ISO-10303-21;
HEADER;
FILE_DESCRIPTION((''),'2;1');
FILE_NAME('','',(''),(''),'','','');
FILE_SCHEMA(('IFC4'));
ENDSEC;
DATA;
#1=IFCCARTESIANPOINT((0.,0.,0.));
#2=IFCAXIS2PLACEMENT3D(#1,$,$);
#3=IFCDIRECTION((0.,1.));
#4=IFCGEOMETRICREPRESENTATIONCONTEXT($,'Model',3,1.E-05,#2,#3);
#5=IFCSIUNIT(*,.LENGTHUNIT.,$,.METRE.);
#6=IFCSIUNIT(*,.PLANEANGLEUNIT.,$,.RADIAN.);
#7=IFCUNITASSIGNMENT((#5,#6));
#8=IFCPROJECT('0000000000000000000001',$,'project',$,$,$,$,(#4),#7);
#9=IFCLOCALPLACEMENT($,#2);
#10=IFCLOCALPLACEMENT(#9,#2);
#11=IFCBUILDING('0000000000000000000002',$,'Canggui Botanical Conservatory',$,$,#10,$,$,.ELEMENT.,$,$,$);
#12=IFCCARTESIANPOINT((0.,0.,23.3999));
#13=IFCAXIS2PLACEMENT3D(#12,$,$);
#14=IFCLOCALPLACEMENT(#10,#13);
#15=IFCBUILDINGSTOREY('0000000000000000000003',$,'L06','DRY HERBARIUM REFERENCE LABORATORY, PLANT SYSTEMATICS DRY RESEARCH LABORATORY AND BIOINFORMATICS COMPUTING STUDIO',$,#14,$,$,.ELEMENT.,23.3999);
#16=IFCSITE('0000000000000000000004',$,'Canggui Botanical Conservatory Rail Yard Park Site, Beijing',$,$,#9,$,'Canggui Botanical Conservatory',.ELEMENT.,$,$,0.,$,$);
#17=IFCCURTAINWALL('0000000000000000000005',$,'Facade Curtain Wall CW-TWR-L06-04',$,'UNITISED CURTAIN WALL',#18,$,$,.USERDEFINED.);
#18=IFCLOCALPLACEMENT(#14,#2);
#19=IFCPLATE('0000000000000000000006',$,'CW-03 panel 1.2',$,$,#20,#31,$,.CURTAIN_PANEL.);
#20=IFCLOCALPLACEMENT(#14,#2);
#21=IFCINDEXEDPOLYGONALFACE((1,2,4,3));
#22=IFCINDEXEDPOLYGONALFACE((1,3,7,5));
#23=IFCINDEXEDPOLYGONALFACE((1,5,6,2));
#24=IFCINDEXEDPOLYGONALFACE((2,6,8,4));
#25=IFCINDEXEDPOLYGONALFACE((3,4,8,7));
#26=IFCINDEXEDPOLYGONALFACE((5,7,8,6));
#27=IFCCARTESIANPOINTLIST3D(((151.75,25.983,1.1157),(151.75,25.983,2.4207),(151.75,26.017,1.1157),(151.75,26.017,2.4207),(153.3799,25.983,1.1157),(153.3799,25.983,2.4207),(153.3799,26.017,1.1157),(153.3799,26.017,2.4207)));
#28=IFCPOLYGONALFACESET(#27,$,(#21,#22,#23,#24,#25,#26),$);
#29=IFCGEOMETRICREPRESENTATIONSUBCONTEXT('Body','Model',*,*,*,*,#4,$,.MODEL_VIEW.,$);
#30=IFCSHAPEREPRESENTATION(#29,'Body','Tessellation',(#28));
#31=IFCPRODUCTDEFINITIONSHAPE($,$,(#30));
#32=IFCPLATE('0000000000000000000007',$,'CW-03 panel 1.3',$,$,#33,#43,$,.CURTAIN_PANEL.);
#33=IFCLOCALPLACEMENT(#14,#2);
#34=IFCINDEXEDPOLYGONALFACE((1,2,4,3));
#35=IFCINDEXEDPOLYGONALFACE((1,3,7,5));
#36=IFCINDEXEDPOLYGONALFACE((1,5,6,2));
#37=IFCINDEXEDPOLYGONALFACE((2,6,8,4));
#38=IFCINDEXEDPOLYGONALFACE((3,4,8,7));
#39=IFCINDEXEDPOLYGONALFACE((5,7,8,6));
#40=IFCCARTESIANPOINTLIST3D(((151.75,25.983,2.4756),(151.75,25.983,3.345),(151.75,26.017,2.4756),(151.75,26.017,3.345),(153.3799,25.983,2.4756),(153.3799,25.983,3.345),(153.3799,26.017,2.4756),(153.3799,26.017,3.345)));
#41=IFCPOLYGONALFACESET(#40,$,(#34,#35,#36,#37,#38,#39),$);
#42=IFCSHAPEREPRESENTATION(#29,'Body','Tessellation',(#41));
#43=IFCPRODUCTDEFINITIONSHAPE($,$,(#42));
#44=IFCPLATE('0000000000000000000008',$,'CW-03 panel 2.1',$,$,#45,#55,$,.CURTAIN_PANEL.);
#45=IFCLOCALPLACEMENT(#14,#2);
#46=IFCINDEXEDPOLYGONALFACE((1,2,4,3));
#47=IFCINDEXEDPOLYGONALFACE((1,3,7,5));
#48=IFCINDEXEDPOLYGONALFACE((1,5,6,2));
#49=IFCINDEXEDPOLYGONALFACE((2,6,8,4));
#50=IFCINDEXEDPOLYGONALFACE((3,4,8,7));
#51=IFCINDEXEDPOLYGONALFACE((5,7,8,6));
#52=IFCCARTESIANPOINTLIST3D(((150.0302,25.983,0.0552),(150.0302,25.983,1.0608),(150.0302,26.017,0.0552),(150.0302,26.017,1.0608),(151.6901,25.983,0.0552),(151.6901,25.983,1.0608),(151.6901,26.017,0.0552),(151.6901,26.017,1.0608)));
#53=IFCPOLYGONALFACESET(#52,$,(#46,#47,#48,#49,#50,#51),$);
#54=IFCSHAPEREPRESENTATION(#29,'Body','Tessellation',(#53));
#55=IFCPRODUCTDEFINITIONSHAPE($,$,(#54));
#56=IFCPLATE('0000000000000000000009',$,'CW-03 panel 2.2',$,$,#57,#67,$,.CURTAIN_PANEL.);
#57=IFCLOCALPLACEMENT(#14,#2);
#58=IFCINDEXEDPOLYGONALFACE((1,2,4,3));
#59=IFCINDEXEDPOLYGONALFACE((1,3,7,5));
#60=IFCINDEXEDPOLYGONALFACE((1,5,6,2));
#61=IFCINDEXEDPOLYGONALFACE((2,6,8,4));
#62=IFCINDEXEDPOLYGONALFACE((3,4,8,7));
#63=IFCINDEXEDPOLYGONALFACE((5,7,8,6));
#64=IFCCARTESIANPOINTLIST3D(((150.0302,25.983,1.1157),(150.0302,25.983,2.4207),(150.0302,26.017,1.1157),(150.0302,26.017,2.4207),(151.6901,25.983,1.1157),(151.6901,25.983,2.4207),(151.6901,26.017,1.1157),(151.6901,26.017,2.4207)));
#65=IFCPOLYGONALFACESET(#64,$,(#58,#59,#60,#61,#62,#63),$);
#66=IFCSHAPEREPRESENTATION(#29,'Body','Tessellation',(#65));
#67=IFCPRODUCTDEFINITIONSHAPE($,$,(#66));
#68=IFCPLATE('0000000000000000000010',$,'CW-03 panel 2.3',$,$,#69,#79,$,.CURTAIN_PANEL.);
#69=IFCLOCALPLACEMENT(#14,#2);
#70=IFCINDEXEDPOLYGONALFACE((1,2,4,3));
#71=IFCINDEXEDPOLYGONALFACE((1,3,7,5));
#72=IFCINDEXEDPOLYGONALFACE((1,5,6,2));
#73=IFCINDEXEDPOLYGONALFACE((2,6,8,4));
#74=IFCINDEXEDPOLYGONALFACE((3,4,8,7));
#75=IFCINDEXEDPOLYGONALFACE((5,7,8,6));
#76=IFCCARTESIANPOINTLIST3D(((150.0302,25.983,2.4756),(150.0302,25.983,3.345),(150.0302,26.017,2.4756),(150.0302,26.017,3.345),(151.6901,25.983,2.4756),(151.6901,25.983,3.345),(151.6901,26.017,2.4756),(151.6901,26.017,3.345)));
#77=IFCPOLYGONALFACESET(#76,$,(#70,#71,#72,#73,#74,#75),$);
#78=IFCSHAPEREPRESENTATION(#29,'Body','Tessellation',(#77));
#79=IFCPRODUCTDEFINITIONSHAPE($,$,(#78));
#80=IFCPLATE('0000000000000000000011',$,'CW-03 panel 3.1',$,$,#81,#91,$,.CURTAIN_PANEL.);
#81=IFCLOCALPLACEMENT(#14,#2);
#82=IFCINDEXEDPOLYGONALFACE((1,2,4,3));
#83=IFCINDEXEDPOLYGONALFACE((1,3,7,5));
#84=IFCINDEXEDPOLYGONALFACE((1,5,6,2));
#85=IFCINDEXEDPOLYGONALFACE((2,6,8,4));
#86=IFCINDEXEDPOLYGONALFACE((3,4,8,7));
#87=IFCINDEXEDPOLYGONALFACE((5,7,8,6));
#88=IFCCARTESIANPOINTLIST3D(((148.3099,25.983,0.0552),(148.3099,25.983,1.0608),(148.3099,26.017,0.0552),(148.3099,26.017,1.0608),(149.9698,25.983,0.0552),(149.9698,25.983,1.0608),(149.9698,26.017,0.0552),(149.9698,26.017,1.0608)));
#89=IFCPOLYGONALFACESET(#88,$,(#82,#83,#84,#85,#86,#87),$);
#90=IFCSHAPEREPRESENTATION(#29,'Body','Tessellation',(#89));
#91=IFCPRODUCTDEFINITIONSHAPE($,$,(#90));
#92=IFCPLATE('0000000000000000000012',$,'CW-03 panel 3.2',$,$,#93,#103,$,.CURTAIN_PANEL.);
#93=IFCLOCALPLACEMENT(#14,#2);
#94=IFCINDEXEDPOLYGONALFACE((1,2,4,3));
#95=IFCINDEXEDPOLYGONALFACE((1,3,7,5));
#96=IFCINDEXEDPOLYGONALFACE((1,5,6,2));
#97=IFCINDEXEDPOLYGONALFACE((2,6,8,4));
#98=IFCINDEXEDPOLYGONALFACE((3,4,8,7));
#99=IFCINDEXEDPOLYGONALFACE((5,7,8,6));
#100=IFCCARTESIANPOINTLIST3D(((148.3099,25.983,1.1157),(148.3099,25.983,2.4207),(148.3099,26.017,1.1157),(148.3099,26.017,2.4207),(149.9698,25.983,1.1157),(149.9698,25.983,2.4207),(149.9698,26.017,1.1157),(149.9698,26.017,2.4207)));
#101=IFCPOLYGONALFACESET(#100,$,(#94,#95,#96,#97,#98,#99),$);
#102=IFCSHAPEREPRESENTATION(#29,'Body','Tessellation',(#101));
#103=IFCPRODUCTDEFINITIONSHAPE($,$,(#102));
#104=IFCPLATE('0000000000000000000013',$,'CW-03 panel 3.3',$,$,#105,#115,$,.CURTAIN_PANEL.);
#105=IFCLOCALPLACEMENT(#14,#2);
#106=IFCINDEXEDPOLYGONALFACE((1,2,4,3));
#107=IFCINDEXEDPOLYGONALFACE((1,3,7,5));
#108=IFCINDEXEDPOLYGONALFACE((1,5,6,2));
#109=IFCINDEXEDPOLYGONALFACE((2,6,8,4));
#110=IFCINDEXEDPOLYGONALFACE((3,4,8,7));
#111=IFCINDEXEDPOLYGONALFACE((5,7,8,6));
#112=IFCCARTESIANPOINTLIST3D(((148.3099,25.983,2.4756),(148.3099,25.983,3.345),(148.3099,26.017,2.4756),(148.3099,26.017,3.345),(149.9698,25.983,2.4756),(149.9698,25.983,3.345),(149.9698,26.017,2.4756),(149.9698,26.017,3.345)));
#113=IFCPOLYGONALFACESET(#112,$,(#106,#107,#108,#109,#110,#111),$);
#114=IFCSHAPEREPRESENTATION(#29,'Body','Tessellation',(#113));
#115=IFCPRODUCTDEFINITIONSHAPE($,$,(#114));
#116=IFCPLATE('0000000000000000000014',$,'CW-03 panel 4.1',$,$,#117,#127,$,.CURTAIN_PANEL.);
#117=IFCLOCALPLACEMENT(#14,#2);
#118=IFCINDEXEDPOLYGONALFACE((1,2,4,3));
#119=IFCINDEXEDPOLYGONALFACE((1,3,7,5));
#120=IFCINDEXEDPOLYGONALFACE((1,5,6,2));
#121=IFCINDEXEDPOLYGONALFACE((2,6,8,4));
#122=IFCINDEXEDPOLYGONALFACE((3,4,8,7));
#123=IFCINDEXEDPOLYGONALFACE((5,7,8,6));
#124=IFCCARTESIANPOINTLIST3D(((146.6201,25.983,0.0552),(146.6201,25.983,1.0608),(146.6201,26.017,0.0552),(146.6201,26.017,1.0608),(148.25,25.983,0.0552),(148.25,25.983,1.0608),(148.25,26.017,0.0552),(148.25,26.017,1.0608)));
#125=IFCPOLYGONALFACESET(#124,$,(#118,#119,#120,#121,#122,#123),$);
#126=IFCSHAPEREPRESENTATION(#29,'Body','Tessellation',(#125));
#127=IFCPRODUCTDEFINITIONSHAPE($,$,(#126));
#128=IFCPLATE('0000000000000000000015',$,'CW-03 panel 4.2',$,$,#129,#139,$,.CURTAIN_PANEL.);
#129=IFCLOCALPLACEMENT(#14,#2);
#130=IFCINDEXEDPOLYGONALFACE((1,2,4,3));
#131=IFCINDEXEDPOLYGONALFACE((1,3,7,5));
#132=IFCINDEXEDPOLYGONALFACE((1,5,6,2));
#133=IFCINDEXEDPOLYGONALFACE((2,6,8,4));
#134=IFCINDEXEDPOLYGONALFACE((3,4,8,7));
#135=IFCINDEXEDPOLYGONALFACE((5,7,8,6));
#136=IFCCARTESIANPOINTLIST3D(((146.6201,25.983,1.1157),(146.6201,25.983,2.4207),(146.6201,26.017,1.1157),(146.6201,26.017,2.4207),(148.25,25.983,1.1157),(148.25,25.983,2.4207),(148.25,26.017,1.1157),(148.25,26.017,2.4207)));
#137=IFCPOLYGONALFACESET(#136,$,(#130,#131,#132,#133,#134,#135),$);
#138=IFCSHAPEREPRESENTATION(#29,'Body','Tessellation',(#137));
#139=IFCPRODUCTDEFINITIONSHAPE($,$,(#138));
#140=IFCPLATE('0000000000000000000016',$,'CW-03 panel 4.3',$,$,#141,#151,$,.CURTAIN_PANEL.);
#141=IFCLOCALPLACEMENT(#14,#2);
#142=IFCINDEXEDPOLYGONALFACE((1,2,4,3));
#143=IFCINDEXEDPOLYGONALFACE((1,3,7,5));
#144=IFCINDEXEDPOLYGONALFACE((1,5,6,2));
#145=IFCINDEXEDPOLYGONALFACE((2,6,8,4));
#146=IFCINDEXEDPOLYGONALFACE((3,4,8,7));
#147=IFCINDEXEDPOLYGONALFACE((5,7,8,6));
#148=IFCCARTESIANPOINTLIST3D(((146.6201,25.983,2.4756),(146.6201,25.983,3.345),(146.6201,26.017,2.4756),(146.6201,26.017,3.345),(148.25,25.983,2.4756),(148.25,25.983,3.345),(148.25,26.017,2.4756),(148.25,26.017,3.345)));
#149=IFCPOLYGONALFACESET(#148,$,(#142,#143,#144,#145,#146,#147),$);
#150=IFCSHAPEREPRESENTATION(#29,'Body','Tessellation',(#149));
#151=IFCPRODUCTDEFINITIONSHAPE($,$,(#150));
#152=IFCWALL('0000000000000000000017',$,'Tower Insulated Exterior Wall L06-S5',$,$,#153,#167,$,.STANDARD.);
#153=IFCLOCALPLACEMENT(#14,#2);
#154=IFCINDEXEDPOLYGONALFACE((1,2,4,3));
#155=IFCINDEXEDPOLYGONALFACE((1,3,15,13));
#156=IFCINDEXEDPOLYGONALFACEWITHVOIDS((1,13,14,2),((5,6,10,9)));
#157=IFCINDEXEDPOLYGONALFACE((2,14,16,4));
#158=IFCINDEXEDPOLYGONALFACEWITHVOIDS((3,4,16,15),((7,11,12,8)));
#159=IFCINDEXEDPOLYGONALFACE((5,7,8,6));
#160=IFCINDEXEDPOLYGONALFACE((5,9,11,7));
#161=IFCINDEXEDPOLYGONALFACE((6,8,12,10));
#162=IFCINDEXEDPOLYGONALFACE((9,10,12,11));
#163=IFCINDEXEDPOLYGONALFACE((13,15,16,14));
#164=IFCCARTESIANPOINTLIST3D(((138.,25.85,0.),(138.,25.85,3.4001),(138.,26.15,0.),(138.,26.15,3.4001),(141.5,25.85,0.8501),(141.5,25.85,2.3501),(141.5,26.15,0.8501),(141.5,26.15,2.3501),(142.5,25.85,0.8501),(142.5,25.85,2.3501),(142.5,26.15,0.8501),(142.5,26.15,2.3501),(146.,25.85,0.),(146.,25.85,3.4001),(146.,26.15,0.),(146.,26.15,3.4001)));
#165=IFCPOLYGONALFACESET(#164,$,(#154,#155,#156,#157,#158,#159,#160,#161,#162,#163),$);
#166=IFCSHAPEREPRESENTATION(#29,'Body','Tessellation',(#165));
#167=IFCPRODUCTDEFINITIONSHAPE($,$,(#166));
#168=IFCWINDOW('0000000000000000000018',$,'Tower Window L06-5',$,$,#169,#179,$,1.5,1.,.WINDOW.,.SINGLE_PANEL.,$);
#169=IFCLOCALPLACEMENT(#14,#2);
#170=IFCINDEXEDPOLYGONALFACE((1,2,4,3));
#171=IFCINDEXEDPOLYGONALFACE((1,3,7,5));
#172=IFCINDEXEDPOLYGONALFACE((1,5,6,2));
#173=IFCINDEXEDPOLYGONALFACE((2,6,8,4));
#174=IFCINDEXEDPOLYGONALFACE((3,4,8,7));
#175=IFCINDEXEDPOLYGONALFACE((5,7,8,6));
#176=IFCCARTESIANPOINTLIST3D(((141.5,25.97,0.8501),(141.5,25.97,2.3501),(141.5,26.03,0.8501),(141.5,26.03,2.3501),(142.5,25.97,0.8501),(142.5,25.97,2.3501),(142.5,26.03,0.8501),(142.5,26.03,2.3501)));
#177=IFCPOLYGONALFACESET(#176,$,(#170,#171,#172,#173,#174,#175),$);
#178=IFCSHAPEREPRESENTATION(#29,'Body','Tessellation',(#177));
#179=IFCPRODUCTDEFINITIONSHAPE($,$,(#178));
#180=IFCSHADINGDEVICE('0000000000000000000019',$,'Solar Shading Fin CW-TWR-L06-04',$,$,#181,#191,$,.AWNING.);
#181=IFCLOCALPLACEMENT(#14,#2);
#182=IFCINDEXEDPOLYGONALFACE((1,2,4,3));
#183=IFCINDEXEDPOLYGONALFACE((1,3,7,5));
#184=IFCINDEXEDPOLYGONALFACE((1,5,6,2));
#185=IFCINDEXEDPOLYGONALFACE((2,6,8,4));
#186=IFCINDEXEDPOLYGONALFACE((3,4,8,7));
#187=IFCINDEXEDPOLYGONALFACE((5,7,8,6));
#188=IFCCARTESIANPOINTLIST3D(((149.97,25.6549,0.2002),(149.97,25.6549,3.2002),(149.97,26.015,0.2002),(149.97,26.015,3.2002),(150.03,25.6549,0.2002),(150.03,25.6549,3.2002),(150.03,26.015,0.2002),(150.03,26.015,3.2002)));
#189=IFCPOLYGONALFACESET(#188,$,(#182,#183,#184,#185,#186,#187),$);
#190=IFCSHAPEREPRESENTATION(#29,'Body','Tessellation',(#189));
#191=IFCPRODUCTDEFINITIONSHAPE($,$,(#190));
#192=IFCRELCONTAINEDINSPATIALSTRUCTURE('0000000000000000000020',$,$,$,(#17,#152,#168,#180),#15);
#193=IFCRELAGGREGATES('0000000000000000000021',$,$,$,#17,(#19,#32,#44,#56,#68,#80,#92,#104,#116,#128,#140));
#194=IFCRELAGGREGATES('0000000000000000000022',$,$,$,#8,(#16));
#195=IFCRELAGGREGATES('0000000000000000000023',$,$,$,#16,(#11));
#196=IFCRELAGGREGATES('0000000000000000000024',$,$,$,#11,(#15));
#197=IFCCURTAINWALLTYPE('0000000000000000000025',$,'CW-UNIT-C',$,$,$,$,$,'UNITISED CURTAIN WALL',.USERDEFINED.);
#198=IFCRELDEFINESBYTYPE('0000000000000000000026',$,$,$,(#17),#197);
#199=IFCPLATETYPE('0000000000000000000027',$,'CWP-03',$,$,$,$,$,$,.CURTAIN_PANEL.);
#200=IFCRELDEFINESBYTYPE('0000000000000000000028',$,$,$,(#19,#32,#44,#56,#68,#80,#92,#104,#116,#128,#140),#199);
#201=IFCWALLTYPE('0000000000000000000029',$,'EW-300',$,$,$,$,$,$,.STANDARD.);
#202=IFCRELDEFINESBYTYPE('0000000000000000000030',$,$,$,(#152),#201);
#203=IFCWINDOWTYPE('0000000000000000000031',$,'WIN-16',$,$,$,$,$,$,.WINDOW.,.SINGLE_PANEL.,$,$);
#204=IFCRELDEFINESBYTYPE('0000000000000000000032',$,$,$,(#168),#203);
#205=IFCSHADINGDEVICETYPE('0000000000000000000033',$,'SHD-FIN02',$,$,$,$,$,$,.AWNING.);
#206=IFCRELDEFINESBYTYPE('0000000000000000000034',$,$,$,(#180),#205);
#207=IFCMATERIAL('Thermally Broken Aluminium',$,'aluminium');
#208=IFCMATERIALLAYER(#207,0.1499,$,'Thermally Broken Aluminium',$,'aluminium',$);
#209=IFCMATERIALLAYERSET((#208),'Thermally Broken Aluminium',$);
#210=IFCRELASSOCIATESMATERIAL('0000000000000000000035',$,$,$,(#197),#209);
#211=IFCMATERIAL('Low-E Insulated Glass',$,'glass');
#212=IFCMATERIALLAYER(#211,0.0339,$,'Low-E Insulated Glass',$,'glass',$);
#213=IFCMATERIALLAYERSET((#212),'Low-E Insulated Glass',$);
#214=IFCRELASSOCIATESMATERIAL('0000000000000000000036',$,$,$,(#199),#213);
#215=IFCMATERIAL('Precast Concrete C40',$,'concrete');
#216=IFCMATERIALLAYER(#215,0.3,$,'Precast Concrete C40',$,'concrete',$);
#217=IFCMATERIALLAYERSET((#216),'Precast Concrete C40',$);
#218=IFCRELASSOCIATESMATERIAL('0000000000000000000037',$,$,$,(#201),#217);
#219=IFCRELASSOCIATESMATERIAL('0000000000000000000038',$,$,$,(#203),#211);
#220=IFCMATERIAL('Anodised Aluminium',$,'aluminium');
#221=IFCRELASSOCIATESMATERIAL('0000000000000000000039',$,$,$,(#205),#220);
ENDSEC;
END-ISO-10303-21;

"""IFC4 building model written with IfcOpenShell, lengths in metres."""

from ifc_helpers import new_model, si_unit, direction, frame, frame_2d, origin, origin_2d, place, context, subcontext, project, spatial, rectangle, extrude, material, layer, layer_set, type_object, element, fill, aggregate, save


model = new_model("IFC4")

# Units and contexts
model_context = context("Model", 3, precision=1e-05, world=origin(), true_north=direction((0.0, 1.0)))
body_context = subcontext(model_context, "Body", "Model", "MODEL_VIEW")
ifc_project = project(units=[si_unit("LENGTHUNIT", "METRE"), si_unit("PLANEANGLEUNIT", "RADIAN")], contexts=[model_context])

# Site, building, storey
site_placement = place(None, origin())
site = spatial("IfcSite", under=ifc_project, at=site_placement, Name="Canggui Botanical Conservatory Rail Yard Park Site, Beijing", LongName="Canggui Botanical Conservatory", CompositionType="ELEMENT", RefElevation=0.0)
building_placement = place(site_placement, origin())
building = spatial("IfcBuilding", under=site, at=building_placement, Name="Canggui Botanical Conservatory", CompositionType="ELEMENT")
storey_placement = place(building_placement, frame((0.0, 0.0, 23.3999)))
storey = spatial("IfcBuildingStorey", under=building, at=storey_placement, Name="L06", Description="DRY HERBARIUM REFERENCE LABORATORY, PLANT SYSTEMATICS DRY RESEARCH LABORATORY AND BIOINFORMATICS COMPUTING STUDIO", CompositionType="ELEMENT", Elevation=23.3999)

# Curtain wall, plates
ifc_material_1 = material(Name="Thermally Broken Aluminium", Category="aluminium")
ifc_layer_1 = layer(ifc_material_1, 0.1499, Name="Thermally Broken Aluminium", Category="aluminium")
ifc_layer_set_1 = layer_set([ifc_layer_1], Name="Thermally Broken Aluminium")
curtain_wall_type = type_object("IfcCurtainWallType", Name="CW-UNIT-C", ElementType="UNITISED CURTAIN WALL", PredefinedType="USERDEFINED", material=ifc_layer_set_1)
curtain_wall_placement = place(storey_placement, origin())
curtain_wall = element("IfcCurtainWall", 1, at=curtain_wall_placement, inside=storey, type_object=curtain_wall_type, Name="Facade Curtain Wall CW-TWR-L06-04", ObjectType="UNITISED CURTAIN WALL", PredefinedType="USERDEFINED")
ifc_material_2 = material(Name="Low-E Insulated Glass", Category="glass")
ifc_layer_2 = layer(ifc_material_2, 0.0339, Name="Low-E Insulated Glass", Category="glass")
ifc_layer_set_2 = layer_set([ifc_layer_2], Name="Low-E Insulated Glass")
plate_type = type_object("IfcPlateType", Name="CWP-03", PredefinedType="CURTAIN_PANEL", material=ifc_layer_set_2)
plate_1_placement = place(storey_placement, frame((152.5649, 26.0, 1.1157), z_axis=(0.0, 0.0, 1.0), x_axis=(-1.0, 0.0, 0.0)))
plate_1 = element("IfcPlate", 2, at=plate_1_placement, type_object=plate_type, Name="CW-03 panel 1.2", PredefinedType="CURTAIN_PANEL", context=body_context, shape_type="SweptSolid", body=[
    extrude(rectangle(XDim=1.6299, YDim=0.0339, at=origin_2d()), origin(), (0.0, 0.0, 1.0), 1.3049),
])
plate_2_placement = place(storey_placement, frame((152.5649, 26.0, 2.4756), z_axis=(0.0, 0.0, 1.0), x_axis=(-1.0, 0.0, 0.0)))
plate_2 = element("IfcPlate", 3, at=plate_2_placement, type_object=plate_type, Name="CW-03 panel 1.3", PredefinedType="CURTAIN_PANEL", context=body_context, shape_type="SweptSolid", body=[
    extrude(rectangle(XDim=1.6299, YDim=0.0339, at=origin_2d()), origin(), (0.0, 0.0, 1.0), 0.8694),
])
plate_3_placement = place(storey_placement, frame((150.8601, 26.0, 0.0552), z_axis=(0.0, 0.0, 1.0), x_axis=(-1.0, 0.0, 0.0)))
plate_3 = element("IfcPlate", 4, at=plate_3_placement, type_object=plate_type, Name="CW-03 panel 2.1", PredefinedType="CURTAIN_PANEL", context=body_context, shape_type="SweptSolid", body=[
    extrude(rectangle(XDim=1.6599, YDim=0.0339, at=origin_2d()), origin(), (0.0, 0.0, 1.0), 1.0056),
])
plate_4_placement = place(storey_placement, frame((150.8601, 26.0, 1.1157), z_axis=(0.0, 0.0, 1.0), x_axis=(-1.0, 0.0, 0.0)))
plate_4 = element("IfcPlate", 5, at=plate_4_placement, type_object=plate_type, Name="CW-03 panel 2.2", PredefinedType="CURTAIN_PANEL", context=body_context, shape_type="SweptSolid", body=[
    extrude(rectangle(XDim=1.6599, YDim=0.0339, at=origin_2d()), origin(), (0.0, 0.0, 1.0), 1.3049),
])
plate_5_placement = place(storey_placement, frame((150.8601, 26.0, 2.4756), z_axis=(0.0, 0.0, 1.0), x_axis=(-1.0, 0.0, 0.0)))
plate_5 = element("IfcPlate", 6, at=plate_5_placement, type_object=plate_type, Name="CW-03 panel 2.3", PredefinedType="CURTAIN_PANEL", context=body_context, shape_type="SweptSolid", body=[
    extrude(rectangle(XDim=1.6599, YDim=0.0339, at=origin_2d()), origin(), (0.0, 0.0, 1.0), 0.8694),
])
plate_6_placement = place(storey_placement, frame((149.1399, 26.0, 0.0552), z_axis=(0.0, 0.0, 1.0), x_axis=(-1.0, 0.0, 0.0)))
plate_6 = element("IfcPlate", 7, at=plate_6_placement, type_object=plate_type, Name="CW-03 panel 3.1", PredefinedType="CURTAIN_PANEL", context=body_context, shape_type="SweptSolid", body=[
    extrude(rectangle(XDim=1.6599, YDim=0.0339, at=origin_2d()), origin(), (0.0, 0.0, 1.0), 1.0056),
])
plate_7_placement = place(storey_placement, frame((149.1399, 26.0, 1.1157), z_axis=(0.0, 0.0, 1.0), x_axis=(-1.0, 0.0, 0.0)))
plate_7 = element("IfcPlate", 8, at=plate_7_placement, type_object=plate_type, Name="CW-03 panel 3.2", PredefinedType="CURTAIN_PANEL", context=body_context, shape_type="SweptSolid", body=[
    extrude(rectangle(XDim=1.6599, YDim=0.0339, at=origin_2d()), origin(), (0.0, 0.0, 1.0), 1.3049),
])
plate_8_placement = place(storey_placement, frame((149.1399, 26.0, 2.4756), z_axis=(0.0, 0.0, 1.0), x_axis=(-1.0, 0.0, 0.0)))
plate_8 = element("IfcPlate", 9, at=plate_8_placement, type_object=plate_type, Name="CW-03 panel 3.3", PredefinedType="CURTAIN_PANEL", context=body_context, shape_type="SweptSolid", body=[
    extrude(rectangle(XDim=1.6599, YDim=0.0339, at=origin_2d()), origin(), (0.0, 0.0, 1.0), 0.8694),
])
plate_9_placement = place(storey_placement, frame((147.4351, 26.0, 0.0552), z_axis=(0.0, 0.0, 1.0), x_axis=(-1.0, 0.0, 0.0)))
plate_9 = element("IfcPlate", 10, at=plate_9_placement, type_object=plate_type, Name="CW-03 panel 4.1", PredefinedType="CURTAIN_PANEL", context=body_context, shape_type="SweptSolid", body=[
    extrude(rectangle(XDim=1.6299, YDim=0.0339, at=origin_2d()), origin(), (0.0, 0.0, 1.0), 1.0056),
])
plate_10_placement = place(storey_placement, frame((147.4351, 26.0, 1.1157), z_axis=(0.0, 0.0, 1.0), x_axis=(-1.0, 0.0, 0.0)))
plate_10 = element("IfcPlate", 11, at=plate_10_placement, type_object=plate_type, Name="CW-03 panel 4.2", PredefinedType="CURTAIN_PANEL", context=body_context, shape_type="SweptSolid", body=[
    extrude(rectangle(XDim=1.6299, YDim=0.0339, at=origin_2d()), origin(), (0.0, 0.0, 1.0), 1.3049),
])
plate_11_placement = place(storey_placement, frame((147.4351, 26.0, 2.4756), z_axis=(0.0, 0.0, 1.0), x_axis=(-1.0, 0.0, 0.0)))
plate_11 = element("IfcPlate", 12, at=plate_11_placement, type_object=plate_type, Name="CW-03 panel 4.3", PredefinedType="CURTAIN_PANEL", context=body_context, shape_type="SweptSolid", body=[
    extrude(rectangle(XDim=1.6299, YDim=0.0339, at=origin_2d()), origin(), (0.0, 0.0, 1.0), 0.8694),
])
aggregate(curtain_wall, [plate_1, plate_2, plate_3, plate_4, plate_5, plate_6, plate_7, plate_8, plate_9, plate_10, plate_11])

# Wall, opening, window
ifc_material_3 = material(Name="Precast Concrete C40", Category="concrete")
ifc_layer_3 = layer(ifc_material_3, 0.3, Name="Precast Concrete C40", Category="concrete")
ifc_layer_set_3 = layer_set([ifc_layer_3], Name="Precast Concrete C40")
wall_type = type_object("IfcWallType", Name="EW-300", PredefinedType="STANDARD", material=ifc_layer_set_3)
wall_placement = place(storey_placement, frame((146.0, 26.0, 0.0), z_axis=(0.0, 0.0, 1.0), x_axis=(-1.0, 0.0, 0.0)))
wall = element("IfcWall", 13, at=wall_placement, inside=storey, type_object=wall_type, Name="Tower Insulated Exterior Wall L06-S5", PredefinedType="STANDARD", context=body_context, shape_type="SweptSolid", body=[
    extrude(rectangle(XDim=8.0, YDim=0.3, at=frame_2d((4.0, 0.0))), origin(), (0.0, 0.0, 1.0), 3.4001),
])
opening_placement = place(wall_placement, frame((3.5, 0.0, 0.8501)))
opening = element("IfcOpeningElement", 14, at=opening_placement, cuts=wall, PredefinedType="OPENING", context=body_context, shape_type="SweptSolid", body=[
    extrude(rectangle(XDim=1.0, YDim=1.5, at=frame_2d((0.5, 0.75))), frame((0.0, 0.1602, 0.0), z_axis=(0.0, -1.0, 0.0), x_axis=(1.0, 0.0, 0.0)), (0.0, 0.0, 1.0), 0.3201),
])
window_type = type_object("IfcWindowType", Name="WIN-16", PartitioningType="SINGLE_PANEL", PredefinedType="WINDOW", material=ifc_material_2)
window_placement = place(opening_placement, origin())
window = element("IfcWindow", 15, at=window_placement, inside=storey, type_object=window_type, Name="Tower Window L06-5", OverallHeight=1.5, OverallWidth=1.0, PartitioningType="SINGLE_PANEL", PredefinedType="WINDOW", context=body_context, shape_type="SweptSolid", body=[
    extrude(rectangle(XDim=1.0, YDim=1.5, at=frame_2d((0.5, 0.75))), frame((0.0, 0.03, 0.0), z_axis=(0.0, -1.0, 0.0), x_axis=(1.0, 0.0, 0.0)), (0.0, 0.0, 1.0), 0.0601),
])
fill(opening, window)

# Shading device
ifc_material_4 = material(Name="Anodised Aluminium", Category="aluminium")
shading_device_type = type_object("IfcShadingDeviceType", Name="SHD-FIN02", PredefinedType="AWNING", material=ifc_material_4)
shading_device_placement = place(storey_placement, frame((150.0, 25.835, 0.2002), z_axis=(0.0, 0.0, 1.0), x_axis=(-1.0, 0.0, 0.0)))
element("IfcShadingDevice", 16, at=shading_device_placement, inside=storey, type_object=shading_device_type, Name="Solar Shading Fin CW-TWR-L06-04", PredefinedType="AWNING", context=body_context, shape_type="SweptSolid", body=[
    extrude(rectangle(XDim=0.0601, YDim=0.3601, at=origin_2d()), origin(), (0.0, 0.0, 1.0), 3.0),
])

save(model, "model.ifc")
